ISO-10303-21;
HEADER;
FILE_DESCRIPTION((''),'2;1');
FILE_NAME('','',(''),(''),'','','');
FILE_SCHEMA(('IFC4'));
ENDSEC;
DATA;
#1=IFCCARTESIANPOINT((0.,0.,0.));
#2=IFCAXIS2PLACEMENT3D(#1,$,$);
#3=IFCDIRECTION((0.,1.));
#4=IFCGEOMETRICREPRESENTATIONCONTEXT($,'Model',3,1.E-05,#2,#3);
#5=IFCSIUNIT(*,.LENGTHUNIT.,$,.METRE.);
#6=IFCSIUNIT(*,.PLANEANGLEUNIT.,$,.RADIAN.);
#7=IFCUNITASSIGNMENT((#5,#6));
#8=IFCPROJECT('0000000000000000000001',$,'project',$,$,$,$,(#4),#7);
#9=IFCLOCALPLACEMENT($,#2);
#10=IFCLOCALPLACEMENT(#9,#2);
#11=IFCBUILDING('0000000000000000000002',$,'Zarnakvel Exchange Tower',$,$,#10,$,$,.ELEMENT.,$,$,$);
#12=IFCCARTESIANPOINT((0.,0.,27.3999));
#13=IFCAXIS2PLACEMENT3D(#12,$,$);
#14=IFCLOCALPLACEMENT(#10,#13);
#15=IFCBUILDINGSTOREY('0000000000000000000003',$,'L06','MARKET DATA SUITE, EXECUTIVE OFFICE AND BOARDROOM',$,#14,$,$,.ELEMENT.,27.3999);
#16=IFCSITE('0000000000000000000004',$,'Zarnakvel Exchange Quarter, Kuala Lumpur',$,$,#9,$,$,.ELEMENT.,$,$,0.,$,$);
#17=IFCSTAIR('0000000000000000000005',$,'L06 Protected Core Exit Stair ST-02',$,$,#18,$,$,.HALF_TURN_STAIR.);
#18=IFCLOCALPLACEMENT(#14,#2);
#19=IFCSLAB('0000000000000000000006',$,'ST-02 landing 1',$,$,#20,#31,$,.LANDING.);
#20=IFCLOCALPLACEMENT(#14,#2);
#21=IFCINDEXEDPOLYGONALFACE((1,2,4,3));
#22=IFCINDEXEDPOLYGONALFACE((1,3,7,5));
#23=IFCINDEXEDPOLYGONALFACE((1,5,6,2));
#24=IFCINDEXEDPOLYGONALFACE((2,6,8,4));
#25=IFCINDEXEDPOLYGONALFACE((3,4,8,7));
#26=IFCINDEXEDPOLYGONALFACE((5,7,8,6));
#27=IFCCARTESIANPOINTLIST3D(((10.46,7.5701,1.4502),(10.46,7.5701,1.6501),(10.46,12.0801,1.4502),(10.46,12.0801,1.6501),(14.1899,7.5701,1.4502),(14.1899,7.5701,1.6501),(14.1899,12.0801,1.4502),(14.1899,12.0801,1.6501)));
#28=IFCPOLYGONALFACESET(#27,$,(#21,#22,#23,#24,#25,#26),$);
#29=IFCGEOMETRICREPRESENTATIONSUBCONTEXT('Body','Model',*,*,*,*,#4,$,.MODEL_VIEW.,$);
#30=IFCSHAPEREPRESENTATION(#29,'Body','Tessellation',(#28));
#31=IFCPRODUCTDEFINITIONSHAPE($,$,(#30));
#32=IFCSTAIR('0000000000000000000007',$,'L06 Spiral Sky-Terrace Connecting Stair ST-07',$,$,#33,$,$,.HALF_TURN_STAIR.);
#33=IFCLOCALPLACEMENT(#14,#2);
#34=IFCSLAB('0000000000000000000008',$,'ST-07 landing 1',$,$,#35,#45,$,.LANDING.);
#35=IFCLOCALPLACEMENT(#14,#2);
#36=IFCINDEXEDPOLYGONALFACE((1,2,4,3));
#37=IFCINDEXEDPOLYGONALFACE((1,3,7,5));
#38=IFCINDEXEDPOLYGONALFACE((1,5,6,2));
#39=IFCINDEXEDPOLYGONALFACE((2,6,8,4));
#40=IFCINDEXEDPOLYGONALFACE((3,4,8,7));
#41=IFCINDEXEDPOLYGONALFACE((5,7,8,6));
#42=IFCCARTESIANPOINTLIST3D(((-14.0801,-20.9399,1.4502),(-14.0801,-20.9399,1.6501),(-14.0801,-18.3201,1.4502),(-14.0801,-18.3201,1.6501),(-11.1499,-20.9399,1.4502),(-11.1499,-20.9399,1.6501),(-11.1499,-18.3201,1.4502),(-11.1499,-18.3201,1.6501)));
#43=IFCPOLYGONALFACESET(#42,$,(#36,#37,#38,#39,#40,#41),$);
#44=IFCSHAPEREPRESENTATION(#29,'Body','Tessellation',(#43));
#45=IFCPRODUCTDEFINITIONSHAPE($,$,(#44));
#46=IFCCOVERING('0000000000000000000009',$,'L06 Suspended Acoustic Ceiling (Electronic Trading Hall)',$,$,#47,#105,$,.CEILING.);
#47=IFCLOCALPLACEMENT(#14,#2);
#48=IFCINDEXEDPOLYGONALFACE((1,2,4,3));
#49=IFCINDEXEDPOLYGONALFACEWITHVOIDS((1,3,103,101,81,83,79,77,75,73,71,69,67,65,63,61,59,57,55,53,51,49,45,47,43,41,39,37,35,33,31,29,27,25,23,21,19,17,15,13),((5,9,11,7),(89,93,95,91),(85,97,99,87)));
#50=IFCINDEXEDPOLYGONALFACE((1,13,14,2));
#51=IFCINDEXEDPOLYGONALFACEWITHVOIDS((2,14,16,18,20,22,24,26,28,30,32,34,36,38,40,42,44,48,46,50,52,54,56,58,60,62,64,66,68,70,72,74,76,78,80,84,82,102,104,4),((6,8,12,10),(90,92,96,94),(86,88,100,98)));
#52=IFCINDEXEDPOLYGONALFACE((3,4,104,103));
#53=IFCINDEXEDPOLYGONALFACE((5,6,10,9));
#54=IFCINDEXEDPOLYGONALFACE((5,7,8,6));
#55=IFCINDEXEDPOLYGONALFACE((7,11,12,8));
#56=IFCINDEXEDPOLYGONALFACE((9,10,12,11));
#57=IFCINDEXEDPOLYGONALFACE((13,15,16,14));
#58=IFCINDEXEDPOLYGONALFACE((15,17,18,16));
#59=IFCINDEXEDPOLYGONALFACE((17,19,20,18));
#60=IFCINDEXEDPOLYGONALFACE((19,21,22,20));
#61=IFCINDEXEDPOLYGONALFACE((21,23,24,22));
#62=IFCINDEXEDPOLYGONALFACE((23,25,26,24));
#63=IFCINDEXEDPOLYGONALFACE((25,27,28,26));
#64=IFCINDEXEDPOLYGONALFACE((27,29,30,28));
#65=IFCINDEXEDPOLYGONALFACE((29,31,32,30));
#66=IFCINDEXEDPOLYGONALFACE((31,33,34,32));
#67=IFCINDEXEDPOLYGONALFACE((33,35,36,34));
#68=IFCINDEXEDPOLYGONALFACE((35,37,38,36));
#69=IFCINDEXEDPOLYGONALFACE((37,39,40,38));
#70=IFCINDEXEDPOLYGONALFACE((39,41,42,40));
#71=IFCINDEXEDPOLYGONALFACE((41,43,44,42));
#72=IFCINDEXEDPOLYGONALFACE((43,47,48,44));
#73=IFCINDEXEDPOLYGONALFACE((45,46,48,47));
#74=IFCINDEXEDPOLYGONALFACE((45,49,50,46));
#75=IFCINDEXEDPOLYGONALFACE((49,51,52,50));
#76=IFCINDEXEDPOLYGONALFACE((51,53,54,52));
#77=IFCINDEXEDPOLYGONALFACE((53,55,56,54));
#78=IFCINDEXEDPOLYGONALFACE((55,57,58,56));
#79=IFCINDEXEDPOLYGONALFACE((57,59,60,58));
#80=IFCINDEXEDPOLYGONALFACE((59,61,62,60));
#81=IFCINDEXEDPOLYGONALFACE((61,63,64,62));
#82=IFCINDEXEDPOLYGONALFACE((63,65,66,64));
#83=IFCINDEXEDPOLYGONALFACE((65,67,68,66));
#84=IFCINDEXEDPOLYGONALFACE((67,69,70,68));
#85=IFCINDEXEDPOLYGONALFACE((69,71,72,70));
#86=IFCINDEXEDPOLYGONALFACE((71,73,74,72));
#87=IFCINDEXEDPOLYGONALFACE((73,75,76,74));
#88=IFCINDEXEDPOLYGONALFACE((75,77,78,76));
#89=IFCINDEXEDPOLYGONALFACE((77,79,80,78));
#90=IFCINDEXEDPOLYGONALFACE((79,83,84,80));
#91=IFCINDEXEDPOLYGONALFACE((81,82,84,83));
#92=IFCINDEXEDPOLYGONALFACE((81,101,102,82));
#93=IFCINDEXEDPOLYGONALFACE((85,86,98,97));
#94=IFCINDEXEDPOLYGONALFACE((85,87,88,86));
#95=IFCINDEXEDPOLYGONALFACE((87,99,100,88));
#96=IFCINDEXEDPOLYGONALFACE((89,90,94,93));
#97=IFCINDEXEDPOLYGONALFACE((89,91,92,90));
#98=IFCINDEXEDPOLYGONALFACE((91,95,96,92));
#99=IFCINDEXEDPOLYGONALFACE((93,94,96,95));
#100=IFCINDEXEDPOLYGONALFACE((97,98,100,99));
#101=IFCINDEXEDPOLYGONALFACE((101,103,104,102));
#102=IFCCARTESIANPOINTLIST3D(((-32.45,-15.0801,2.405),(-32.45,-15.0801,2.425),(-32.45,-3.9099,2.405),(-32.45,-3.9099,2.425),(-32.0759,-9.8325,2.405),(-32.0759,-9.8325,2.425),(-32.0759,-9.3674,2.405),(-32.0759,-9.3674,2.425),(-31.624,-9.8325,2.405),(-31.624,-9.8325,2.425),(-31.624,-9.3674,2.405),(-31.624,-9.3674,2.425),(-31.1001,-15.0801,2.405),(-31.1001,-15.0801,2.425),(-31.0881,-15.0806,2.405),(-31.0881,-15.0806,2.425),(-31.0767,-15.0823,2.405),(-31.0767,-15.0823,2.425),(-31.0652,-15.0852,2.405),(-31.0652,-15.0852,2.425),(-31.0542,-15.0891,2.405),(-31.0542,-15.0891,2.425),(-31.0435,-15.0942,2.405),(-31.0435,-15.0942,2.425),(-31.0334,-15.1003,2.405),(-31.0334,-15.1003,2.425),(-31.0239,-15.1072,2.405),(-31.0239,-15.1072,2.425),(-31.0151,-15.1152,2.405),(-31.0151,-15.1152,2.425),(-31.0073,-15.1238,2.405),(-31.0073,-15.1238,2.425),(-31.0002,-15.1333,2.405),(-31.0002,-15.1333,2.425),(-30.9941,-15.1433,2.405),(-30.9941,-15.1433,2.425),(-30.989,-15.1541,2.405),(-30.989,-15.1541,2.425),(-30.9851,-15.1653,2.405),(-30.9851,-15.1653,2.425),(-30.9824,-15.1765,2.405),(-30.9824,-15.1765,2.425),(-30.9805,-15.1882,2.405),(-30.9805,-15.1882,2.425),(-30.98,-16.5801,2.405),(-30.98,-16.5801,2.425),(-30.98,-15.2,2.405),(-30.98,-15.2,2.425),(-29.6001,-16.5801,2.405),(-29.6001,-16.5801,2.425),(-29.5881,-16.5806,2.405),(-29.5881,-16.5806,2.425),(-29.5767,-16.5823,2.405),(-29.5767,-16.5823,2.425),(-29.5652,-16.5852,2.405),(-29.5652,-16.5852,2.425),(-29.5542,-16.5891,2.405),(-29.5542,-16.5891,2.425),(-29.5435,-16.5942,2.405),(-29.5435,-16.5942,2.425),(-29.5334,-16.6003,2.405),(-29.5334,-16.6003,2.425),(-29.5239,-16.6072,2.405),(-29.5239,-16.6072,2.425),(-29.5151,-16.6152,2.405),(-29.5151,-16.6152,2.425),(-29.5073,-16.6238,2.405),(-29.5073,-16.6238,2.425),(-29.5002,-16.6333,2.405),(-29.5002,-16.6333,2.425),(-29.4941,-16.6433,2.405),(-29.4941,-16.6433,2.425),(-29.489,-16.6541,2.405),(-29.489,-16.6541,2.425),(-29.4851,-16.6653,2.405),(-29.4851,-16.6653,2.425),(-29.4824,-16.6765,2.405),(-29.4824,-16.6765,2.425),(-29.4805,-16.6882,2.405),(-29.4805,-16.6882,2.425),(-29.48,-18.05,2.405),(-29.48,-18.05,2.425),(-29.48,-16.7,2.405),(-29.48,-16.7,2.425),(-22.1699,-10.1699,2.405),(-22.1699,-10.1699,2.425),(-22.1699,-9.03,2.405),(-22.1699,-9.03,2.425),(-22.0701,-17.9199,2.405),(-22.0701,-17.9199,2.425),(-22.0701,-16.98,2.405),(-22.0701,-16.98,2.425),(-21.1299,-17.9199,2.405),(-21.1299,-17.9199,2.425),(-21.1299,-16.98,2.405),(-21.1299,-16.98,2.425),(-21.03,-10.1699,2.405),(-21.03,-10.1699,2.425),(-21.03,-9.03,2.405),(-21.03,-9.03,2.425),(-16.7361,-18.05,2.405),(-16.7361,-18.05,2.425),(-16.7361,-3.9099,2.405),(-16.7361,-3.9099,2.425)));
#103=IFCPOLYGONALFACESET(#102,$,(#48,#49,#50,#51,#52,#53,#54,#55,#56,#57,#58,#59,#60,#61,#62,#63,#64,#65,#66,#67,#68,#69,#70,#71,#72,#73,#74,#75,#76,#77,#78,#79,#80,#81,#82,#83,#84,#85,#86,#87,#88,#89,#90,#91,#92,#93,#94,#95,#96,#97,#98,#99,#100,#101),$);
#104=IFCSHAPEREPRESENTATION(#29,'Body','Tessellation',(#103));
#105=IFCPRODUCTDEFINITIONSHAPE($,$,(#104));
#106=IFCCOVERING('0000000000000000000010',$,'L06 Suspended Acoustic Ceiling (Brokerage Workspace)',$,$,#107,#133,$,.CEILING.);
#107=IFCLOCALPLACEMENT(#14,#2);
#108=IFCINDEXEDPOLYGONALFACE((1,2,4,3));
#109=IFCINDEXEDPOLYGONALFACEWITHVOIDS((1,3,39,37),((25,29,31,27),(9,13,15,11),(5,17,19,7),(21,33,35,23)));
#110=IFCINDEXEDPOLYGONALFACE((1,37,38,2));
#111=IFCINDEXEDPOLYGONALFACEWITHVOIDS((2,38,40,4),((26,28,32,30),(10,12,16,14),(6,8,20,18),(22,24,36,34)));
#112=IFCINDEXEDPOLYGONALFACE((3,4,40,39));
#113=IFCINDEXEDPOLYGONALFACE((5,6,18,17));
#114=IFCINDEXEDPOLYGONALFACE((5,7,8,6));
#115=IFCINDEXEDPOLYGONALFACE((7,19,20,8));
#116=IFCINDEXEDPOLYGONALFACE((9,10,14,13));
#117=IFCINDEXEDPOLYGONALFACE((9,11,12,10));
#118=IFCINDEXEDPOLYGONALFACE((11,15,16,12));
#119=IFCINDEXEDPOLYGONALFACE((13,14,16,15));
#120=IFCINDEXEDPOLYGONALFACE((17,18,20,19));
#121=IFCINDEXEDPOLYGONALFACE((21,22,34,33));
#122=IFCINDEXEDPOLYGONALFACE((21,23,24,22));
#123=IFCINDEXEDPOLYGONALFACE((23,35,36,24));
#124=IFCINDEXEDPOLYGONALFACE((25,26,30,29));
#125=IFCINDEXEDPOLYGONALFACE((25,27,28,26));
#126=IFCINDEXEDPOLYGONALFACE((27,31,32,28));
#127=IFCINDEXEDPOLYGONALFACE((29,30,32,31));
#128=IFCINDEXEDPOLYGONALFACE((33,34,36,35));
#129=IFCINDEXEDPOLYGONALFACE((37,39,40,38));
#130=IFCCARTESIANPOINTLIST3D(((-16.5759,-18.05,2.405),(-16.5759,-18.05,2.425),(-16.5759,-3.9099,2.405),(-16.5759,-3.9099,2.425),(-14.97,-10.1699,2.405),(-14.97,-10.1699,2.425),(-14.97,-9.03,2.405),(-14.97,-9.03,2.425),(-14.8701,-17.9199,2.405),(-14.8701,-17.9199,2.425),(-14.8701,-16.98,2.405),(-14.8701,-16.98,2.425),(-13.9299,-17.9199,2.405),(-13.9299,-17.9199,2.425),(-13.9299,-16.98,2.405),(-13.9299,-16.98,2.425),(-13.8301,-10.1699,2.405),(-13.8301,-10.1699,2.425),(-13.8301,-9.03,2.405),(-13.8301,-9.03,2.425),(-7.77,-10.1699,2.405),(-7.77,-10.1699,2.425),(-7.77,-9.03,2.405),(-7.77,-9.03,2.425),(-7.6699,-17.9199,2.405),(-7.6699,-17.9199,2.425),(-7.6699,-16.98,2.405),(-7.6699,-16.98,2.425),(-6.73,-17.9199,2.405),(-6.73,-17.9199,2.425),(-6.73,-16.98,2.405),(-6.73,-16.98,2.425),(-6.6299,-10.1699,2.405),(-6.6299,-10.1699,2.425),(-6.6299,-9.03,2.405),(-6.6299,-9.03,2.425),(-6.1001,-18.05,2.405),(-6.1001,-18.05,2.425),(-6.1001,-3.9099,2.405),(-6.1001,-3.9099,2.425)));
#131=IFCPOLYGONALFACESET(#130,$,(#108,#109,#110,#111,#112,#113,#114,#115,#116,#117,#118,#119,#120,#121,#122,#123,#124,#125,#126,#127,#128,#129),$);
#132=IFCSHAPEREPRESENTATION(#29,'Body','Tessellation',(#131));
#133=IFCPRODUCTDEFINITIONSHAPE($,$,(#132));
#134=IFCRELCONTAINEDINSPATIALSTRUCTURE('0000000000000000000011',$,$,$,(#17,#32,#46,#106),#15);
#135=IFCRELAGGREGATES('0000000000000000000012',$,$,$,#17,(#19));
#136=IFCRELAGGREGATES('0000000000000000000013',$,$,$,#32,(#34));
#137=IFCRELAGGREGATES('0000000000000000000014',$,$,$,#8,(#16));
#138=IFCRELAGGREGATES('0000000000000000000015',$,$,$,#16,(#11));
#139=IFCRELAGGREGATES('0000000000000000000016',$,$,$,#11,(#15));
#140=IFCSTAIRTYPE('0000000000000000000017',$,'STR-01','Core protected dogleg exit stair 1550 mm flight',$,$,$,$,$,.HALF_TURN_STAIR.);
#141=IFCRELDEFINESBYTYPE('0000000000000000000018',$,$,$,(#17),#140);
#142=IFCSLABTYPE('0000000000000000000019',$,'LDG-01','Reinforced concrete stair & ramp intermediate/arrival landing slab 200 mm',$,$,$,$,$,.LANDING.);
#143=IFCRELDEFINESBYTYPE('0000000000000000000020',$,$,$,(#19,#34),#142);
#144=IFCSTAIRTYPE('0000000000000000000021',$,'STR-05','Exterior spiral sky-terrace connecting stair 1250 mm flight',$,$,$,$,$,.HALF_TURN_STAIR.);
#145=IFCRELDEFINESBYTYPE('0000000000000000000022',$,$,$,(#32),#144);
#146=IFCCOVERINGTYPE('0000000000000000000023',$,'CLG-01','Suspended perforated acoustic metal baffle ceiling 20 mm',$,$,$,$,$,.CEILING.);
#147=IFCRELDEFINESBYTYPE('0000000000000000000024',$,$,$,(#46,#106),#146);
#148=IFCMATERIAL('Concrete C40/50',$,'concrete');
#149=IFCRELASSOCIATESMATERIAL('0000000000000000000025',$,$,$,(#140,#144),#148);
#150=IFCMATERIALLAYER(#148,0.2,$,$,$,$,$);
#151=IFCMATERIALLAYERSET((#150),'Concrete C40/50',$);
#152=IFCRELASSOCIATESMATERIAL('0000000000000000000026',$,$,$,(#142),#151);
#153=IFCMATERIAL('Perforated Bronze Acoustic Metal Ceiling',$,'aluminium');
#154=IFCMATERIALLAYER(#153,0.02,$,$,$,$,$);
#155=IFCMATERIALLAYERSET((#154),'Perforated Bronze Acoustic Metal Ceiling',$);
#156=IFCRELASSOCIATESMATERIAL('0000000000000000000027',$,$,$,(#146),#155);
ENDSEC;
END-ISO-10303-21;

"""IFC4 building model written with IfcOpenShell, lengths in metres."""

from ifc_helpers import new_model, si_unit, direction, frame, origin, place, context, subcontext, project, spatial, polyline, outline, extrude, material, layer, layer_set, type_object, element, aggregate, save


model = new_model("IFC4")

# Units and contexts
model_context = context("Model", 3, precision=1e-05, world=origin(), true_north=direction((0.0, 1.0)))
body_context = subcontext(model_context, "Body", "Model", "MODEL_VIEW")
ifc_project = project(units=[si_unit("LENGTHUNIT", "METRE"), si_unit("PLANEANGLEUNIT", "RADIAN")], contexts=[model_context])

# Site, building, storey
site_placement = place(None, origin())
site = spatial("IfcSite", under=ifc_project, at=site_placement, Name="Zarnakvel Exchange Quarter, Kuala Lumpur", CompositionType="ELEMENT", RefElevation=0.0)
building_placement = place(site_placement, origin())
building = spatial("IfcBuilding", under=site, at=building_placement, Name="Zarnakvel Exchange Tower", CompositionType="ELEMENT")
storey_placement = place(building_placement, frame((0.0, 0.0, 27.3999)))
storey = spatial("IfcBuildingStorey", under=building, at=storey_placement, Name="L06", Description="MARKET DATA SUITE, EXECUTIVE OFFICE AND BOARDROOM", CompositionType="ELEMENT", Elevation=27.3999)

# Stairs, slabs
ifc_material_1 = material(Name="Concrete C40/50", Category="concrete")
stair_type_1 = type_object("IfcStairType", Name="STR-01", Description="Core protected dogleg exit stair 1550 mm flight", PredefinedType="HALF_TURN_STAIR", material=ifc_material_1)
stair_1_placement = place(storey_placement, origin())
stair_1 = element("IfcStair", 1, at=stair_1_placement, inside=storey, type_object=stair_type_1, Name="L06 Protected Core Exit Stair ST-02", PredefinedType="HALF_TURN_STAIR")
ifc_layer_1 = layer(ifc_material_1, 0.2)
ifc_layer_set_1 = layer_set([ifc_layer_1], Name="Concrete C40/50")
slab_type = type_object("IfcSlabType", Name="LDG-01", Description="Reinforced concrete stair & ramp intermediate/arrival landing slab 200 mm", PredefinedType="LANDING", material=ifc_layer_set_1)
slab_1_placement = place(storey_placement, frame((0.0, 0.0, 1.4502)))
slab_1 = element("IfcSlab", 2, at=slab_1_placement, type_object=slab_type, Name="ST-02 landing 1", PredefinedType="LANDING", context=body_context, shape_type="SweptSolid", body=[
    extrude(outline(polyline([(10.46, 7.5701), (14.1899, 7.5701), (14.1899, 12.0801), (10.46, 12.0801), (10.46, 7.5701)])), origin(), (0.0, 0.0, 1.0), 0.2),
])
aggregate(stair_1, [slab_1])
stair_type_2 = type_object("IfcStairType", Name="STR-05", Description="Exterior spiral sky-terrace connecting stair 1250 mm flight", PredefinedType="HALF_TURN_STAIR", material=ifc_material_1)
stair_2_placement = place(storey_placement, origin())
stair_2 = element("IfcStair", 3, at=stair_2_placement, inside=storey, type_object=stair_type_2, Name="L06 Spiral Sky-Terrace Connecting Stair ST-07", PredefinedType="HALF_TURN_STAIR")
slab_2_placement = place(storey_placement, frame((0.0, 0.0, 1.4502)))
slab_2 = element("IfcSlab", 4, at=slab_2_placement, type_object=slab_type, Name="ST-07 landing 1", PredefinedType="LANDING", context=body_context, shape_type="SweptSolid", body=[
    extrude(outline(polyline([(-14.0801, -20.9399), (-11.1499, -20.9399), (-11.1499, -18.3201), (-14.0801, -18.3201), (-14.0801, -20.9399)])), origin(), (0.0, 0.0, 1.0), 0.2),
])
aggregate(stair_2, [slab_2])

# Coverings
ifc_material_2 = material(Name="Perforated Bronze Acoustic Metal Ceiling", Category="aluminium")
ifc_layer_2 = layer(ifc_material_2, 0.02)
ifc_layer_set_2 = layer_set([ifc_layer_2], Name="Perforated Bronze Acoustic Metal Ceiling")
covering_type_1 = type_object("IfcCoveringType", Name="CLG-01", Description="Suspended perforated acoustic metal baffle ceiling 20 mm", PredefinedType="CEILING", material=ifc_layer_set_2)
covering_1_placement = place(storey_placement, frame((0.0, 0.0, 2.405)))
element("IfcCovering", 5, at=covering_1_placement, inside=storey, type_object=covering_type_1, Name="L06 Suspended Acoustic Ceiling (Electronic Trading Hall)", PredefinedType="CEILING", context=body_context, shape_type="SweptSolid", body=[
    extrude(outline(polyline([(-16.7361, -3.9099), (-16.7361, -18.05), (-29.48, -18.05), (-29.48, -16.7), (-29.4805, -16.6882), (-29.4824, -16.6765), (-29.4851, -16.6653), (-29.489, -16.6541), (-29.4941, -16.6433), (-29.5002, -16.6333), (-29.5073, -16.6238), (-29.5151, -16.6152), (-29.5239, -16.6072), (-29.5334, -16.6003), (-29.5435, -16.5942), (-29.5542, -16.5891), (-29.5652, -16.5852), (-29.5767, -16.5823), (-29.5881, -16.5806), (-29.6001, -16.5801), (-30.98, -16.5801), (-30.98, -15.2), (-30.9805, -15.1882), (-30.9824, -15.1765), (-30.9851, -15.1653), (-30.989, -15.1541), (-30.9941, -15.1433), (-31.0002, -15.1333), (-31.0073, -15.1238), (-31.0151, -15.1152), (-31.0239, -15.1072), (-31.0334, -15.1003), (-31.0435, -15.0942), (-31.0542, -15.0891), (-31.0652, -15.0852), (-31.0767, -15.0823), (-31.0881, -15.0806), (-31.1001, -15.0801), (-32.45, -15.0801), (-32.45, -3.9099), (-16.7361, -3.9099)]), holes=[polyline([(-21.03, -10.1699), (-21.03, -9.03), (-22.1699, -9.03), (-22.1699, -10.1699), (-21.03, -10.1699)]), polyline([(-21.1299, -17.9199), (-21.1299, -16.98), (-22.0701, -16.98), (-22.0701, -17.9199), (-21.1299, -17.9199)]), polyline([(-32.0759, -9.8325), (-31.624, -9.8325), (-31.624, -9.3674), (-32.0759, -9.3674), (-32.0759, -9.8325)])]), origin(), (0.0, 0.0, 1.0), 0.02),
])
covering_2_placement = place(storey_placement, frame((0.0, 0.0, 2.405)))
element("IfcCovering", 6, at=covering_2_placement, inside=storey, type_object=covering_type_1, Name="L06 Suspended Acoustic Ceiling (Brokerage Workspace)", PredefinedType="CEILING", context=body_context, shape_type="SweptSolid", body=[
    extrude(outline(polyline([(-16.5759, -3.9099), (-6.1001, -3.9099), (-6.1001, -18.05), (-16.5759, -18.05), (-16.5759, -3.9099)]), holes=[polyline([(-7.77, -10.1699), (-6.6299, -10.1699), (-6.6299, -9.03), (-7.77, -9.03), (-7.77, -10.1699)]), polyline([(-6.73, -17.9199), (-6.73, -16.98), (-7.6699, -16.98), (-7.6699, -17.9199), (-6.73, -17.9199)]), polyline([(-13.8301, -10.1699), (-13.8301, -9.03), (-14.97, -9.03), (-14.97, -10.1699), (-13.8301, -10.1699)]), polyline([(-13.9299, -17.9199), (-13.9299, -16.98), (-14.8701, -16.98), (-14.8701, -17.9199), (-13.9299, -17.9199)])]), origin(), (0.0, 0.0, 1.0), 0.02),
])

save(model, "model.ifc")
